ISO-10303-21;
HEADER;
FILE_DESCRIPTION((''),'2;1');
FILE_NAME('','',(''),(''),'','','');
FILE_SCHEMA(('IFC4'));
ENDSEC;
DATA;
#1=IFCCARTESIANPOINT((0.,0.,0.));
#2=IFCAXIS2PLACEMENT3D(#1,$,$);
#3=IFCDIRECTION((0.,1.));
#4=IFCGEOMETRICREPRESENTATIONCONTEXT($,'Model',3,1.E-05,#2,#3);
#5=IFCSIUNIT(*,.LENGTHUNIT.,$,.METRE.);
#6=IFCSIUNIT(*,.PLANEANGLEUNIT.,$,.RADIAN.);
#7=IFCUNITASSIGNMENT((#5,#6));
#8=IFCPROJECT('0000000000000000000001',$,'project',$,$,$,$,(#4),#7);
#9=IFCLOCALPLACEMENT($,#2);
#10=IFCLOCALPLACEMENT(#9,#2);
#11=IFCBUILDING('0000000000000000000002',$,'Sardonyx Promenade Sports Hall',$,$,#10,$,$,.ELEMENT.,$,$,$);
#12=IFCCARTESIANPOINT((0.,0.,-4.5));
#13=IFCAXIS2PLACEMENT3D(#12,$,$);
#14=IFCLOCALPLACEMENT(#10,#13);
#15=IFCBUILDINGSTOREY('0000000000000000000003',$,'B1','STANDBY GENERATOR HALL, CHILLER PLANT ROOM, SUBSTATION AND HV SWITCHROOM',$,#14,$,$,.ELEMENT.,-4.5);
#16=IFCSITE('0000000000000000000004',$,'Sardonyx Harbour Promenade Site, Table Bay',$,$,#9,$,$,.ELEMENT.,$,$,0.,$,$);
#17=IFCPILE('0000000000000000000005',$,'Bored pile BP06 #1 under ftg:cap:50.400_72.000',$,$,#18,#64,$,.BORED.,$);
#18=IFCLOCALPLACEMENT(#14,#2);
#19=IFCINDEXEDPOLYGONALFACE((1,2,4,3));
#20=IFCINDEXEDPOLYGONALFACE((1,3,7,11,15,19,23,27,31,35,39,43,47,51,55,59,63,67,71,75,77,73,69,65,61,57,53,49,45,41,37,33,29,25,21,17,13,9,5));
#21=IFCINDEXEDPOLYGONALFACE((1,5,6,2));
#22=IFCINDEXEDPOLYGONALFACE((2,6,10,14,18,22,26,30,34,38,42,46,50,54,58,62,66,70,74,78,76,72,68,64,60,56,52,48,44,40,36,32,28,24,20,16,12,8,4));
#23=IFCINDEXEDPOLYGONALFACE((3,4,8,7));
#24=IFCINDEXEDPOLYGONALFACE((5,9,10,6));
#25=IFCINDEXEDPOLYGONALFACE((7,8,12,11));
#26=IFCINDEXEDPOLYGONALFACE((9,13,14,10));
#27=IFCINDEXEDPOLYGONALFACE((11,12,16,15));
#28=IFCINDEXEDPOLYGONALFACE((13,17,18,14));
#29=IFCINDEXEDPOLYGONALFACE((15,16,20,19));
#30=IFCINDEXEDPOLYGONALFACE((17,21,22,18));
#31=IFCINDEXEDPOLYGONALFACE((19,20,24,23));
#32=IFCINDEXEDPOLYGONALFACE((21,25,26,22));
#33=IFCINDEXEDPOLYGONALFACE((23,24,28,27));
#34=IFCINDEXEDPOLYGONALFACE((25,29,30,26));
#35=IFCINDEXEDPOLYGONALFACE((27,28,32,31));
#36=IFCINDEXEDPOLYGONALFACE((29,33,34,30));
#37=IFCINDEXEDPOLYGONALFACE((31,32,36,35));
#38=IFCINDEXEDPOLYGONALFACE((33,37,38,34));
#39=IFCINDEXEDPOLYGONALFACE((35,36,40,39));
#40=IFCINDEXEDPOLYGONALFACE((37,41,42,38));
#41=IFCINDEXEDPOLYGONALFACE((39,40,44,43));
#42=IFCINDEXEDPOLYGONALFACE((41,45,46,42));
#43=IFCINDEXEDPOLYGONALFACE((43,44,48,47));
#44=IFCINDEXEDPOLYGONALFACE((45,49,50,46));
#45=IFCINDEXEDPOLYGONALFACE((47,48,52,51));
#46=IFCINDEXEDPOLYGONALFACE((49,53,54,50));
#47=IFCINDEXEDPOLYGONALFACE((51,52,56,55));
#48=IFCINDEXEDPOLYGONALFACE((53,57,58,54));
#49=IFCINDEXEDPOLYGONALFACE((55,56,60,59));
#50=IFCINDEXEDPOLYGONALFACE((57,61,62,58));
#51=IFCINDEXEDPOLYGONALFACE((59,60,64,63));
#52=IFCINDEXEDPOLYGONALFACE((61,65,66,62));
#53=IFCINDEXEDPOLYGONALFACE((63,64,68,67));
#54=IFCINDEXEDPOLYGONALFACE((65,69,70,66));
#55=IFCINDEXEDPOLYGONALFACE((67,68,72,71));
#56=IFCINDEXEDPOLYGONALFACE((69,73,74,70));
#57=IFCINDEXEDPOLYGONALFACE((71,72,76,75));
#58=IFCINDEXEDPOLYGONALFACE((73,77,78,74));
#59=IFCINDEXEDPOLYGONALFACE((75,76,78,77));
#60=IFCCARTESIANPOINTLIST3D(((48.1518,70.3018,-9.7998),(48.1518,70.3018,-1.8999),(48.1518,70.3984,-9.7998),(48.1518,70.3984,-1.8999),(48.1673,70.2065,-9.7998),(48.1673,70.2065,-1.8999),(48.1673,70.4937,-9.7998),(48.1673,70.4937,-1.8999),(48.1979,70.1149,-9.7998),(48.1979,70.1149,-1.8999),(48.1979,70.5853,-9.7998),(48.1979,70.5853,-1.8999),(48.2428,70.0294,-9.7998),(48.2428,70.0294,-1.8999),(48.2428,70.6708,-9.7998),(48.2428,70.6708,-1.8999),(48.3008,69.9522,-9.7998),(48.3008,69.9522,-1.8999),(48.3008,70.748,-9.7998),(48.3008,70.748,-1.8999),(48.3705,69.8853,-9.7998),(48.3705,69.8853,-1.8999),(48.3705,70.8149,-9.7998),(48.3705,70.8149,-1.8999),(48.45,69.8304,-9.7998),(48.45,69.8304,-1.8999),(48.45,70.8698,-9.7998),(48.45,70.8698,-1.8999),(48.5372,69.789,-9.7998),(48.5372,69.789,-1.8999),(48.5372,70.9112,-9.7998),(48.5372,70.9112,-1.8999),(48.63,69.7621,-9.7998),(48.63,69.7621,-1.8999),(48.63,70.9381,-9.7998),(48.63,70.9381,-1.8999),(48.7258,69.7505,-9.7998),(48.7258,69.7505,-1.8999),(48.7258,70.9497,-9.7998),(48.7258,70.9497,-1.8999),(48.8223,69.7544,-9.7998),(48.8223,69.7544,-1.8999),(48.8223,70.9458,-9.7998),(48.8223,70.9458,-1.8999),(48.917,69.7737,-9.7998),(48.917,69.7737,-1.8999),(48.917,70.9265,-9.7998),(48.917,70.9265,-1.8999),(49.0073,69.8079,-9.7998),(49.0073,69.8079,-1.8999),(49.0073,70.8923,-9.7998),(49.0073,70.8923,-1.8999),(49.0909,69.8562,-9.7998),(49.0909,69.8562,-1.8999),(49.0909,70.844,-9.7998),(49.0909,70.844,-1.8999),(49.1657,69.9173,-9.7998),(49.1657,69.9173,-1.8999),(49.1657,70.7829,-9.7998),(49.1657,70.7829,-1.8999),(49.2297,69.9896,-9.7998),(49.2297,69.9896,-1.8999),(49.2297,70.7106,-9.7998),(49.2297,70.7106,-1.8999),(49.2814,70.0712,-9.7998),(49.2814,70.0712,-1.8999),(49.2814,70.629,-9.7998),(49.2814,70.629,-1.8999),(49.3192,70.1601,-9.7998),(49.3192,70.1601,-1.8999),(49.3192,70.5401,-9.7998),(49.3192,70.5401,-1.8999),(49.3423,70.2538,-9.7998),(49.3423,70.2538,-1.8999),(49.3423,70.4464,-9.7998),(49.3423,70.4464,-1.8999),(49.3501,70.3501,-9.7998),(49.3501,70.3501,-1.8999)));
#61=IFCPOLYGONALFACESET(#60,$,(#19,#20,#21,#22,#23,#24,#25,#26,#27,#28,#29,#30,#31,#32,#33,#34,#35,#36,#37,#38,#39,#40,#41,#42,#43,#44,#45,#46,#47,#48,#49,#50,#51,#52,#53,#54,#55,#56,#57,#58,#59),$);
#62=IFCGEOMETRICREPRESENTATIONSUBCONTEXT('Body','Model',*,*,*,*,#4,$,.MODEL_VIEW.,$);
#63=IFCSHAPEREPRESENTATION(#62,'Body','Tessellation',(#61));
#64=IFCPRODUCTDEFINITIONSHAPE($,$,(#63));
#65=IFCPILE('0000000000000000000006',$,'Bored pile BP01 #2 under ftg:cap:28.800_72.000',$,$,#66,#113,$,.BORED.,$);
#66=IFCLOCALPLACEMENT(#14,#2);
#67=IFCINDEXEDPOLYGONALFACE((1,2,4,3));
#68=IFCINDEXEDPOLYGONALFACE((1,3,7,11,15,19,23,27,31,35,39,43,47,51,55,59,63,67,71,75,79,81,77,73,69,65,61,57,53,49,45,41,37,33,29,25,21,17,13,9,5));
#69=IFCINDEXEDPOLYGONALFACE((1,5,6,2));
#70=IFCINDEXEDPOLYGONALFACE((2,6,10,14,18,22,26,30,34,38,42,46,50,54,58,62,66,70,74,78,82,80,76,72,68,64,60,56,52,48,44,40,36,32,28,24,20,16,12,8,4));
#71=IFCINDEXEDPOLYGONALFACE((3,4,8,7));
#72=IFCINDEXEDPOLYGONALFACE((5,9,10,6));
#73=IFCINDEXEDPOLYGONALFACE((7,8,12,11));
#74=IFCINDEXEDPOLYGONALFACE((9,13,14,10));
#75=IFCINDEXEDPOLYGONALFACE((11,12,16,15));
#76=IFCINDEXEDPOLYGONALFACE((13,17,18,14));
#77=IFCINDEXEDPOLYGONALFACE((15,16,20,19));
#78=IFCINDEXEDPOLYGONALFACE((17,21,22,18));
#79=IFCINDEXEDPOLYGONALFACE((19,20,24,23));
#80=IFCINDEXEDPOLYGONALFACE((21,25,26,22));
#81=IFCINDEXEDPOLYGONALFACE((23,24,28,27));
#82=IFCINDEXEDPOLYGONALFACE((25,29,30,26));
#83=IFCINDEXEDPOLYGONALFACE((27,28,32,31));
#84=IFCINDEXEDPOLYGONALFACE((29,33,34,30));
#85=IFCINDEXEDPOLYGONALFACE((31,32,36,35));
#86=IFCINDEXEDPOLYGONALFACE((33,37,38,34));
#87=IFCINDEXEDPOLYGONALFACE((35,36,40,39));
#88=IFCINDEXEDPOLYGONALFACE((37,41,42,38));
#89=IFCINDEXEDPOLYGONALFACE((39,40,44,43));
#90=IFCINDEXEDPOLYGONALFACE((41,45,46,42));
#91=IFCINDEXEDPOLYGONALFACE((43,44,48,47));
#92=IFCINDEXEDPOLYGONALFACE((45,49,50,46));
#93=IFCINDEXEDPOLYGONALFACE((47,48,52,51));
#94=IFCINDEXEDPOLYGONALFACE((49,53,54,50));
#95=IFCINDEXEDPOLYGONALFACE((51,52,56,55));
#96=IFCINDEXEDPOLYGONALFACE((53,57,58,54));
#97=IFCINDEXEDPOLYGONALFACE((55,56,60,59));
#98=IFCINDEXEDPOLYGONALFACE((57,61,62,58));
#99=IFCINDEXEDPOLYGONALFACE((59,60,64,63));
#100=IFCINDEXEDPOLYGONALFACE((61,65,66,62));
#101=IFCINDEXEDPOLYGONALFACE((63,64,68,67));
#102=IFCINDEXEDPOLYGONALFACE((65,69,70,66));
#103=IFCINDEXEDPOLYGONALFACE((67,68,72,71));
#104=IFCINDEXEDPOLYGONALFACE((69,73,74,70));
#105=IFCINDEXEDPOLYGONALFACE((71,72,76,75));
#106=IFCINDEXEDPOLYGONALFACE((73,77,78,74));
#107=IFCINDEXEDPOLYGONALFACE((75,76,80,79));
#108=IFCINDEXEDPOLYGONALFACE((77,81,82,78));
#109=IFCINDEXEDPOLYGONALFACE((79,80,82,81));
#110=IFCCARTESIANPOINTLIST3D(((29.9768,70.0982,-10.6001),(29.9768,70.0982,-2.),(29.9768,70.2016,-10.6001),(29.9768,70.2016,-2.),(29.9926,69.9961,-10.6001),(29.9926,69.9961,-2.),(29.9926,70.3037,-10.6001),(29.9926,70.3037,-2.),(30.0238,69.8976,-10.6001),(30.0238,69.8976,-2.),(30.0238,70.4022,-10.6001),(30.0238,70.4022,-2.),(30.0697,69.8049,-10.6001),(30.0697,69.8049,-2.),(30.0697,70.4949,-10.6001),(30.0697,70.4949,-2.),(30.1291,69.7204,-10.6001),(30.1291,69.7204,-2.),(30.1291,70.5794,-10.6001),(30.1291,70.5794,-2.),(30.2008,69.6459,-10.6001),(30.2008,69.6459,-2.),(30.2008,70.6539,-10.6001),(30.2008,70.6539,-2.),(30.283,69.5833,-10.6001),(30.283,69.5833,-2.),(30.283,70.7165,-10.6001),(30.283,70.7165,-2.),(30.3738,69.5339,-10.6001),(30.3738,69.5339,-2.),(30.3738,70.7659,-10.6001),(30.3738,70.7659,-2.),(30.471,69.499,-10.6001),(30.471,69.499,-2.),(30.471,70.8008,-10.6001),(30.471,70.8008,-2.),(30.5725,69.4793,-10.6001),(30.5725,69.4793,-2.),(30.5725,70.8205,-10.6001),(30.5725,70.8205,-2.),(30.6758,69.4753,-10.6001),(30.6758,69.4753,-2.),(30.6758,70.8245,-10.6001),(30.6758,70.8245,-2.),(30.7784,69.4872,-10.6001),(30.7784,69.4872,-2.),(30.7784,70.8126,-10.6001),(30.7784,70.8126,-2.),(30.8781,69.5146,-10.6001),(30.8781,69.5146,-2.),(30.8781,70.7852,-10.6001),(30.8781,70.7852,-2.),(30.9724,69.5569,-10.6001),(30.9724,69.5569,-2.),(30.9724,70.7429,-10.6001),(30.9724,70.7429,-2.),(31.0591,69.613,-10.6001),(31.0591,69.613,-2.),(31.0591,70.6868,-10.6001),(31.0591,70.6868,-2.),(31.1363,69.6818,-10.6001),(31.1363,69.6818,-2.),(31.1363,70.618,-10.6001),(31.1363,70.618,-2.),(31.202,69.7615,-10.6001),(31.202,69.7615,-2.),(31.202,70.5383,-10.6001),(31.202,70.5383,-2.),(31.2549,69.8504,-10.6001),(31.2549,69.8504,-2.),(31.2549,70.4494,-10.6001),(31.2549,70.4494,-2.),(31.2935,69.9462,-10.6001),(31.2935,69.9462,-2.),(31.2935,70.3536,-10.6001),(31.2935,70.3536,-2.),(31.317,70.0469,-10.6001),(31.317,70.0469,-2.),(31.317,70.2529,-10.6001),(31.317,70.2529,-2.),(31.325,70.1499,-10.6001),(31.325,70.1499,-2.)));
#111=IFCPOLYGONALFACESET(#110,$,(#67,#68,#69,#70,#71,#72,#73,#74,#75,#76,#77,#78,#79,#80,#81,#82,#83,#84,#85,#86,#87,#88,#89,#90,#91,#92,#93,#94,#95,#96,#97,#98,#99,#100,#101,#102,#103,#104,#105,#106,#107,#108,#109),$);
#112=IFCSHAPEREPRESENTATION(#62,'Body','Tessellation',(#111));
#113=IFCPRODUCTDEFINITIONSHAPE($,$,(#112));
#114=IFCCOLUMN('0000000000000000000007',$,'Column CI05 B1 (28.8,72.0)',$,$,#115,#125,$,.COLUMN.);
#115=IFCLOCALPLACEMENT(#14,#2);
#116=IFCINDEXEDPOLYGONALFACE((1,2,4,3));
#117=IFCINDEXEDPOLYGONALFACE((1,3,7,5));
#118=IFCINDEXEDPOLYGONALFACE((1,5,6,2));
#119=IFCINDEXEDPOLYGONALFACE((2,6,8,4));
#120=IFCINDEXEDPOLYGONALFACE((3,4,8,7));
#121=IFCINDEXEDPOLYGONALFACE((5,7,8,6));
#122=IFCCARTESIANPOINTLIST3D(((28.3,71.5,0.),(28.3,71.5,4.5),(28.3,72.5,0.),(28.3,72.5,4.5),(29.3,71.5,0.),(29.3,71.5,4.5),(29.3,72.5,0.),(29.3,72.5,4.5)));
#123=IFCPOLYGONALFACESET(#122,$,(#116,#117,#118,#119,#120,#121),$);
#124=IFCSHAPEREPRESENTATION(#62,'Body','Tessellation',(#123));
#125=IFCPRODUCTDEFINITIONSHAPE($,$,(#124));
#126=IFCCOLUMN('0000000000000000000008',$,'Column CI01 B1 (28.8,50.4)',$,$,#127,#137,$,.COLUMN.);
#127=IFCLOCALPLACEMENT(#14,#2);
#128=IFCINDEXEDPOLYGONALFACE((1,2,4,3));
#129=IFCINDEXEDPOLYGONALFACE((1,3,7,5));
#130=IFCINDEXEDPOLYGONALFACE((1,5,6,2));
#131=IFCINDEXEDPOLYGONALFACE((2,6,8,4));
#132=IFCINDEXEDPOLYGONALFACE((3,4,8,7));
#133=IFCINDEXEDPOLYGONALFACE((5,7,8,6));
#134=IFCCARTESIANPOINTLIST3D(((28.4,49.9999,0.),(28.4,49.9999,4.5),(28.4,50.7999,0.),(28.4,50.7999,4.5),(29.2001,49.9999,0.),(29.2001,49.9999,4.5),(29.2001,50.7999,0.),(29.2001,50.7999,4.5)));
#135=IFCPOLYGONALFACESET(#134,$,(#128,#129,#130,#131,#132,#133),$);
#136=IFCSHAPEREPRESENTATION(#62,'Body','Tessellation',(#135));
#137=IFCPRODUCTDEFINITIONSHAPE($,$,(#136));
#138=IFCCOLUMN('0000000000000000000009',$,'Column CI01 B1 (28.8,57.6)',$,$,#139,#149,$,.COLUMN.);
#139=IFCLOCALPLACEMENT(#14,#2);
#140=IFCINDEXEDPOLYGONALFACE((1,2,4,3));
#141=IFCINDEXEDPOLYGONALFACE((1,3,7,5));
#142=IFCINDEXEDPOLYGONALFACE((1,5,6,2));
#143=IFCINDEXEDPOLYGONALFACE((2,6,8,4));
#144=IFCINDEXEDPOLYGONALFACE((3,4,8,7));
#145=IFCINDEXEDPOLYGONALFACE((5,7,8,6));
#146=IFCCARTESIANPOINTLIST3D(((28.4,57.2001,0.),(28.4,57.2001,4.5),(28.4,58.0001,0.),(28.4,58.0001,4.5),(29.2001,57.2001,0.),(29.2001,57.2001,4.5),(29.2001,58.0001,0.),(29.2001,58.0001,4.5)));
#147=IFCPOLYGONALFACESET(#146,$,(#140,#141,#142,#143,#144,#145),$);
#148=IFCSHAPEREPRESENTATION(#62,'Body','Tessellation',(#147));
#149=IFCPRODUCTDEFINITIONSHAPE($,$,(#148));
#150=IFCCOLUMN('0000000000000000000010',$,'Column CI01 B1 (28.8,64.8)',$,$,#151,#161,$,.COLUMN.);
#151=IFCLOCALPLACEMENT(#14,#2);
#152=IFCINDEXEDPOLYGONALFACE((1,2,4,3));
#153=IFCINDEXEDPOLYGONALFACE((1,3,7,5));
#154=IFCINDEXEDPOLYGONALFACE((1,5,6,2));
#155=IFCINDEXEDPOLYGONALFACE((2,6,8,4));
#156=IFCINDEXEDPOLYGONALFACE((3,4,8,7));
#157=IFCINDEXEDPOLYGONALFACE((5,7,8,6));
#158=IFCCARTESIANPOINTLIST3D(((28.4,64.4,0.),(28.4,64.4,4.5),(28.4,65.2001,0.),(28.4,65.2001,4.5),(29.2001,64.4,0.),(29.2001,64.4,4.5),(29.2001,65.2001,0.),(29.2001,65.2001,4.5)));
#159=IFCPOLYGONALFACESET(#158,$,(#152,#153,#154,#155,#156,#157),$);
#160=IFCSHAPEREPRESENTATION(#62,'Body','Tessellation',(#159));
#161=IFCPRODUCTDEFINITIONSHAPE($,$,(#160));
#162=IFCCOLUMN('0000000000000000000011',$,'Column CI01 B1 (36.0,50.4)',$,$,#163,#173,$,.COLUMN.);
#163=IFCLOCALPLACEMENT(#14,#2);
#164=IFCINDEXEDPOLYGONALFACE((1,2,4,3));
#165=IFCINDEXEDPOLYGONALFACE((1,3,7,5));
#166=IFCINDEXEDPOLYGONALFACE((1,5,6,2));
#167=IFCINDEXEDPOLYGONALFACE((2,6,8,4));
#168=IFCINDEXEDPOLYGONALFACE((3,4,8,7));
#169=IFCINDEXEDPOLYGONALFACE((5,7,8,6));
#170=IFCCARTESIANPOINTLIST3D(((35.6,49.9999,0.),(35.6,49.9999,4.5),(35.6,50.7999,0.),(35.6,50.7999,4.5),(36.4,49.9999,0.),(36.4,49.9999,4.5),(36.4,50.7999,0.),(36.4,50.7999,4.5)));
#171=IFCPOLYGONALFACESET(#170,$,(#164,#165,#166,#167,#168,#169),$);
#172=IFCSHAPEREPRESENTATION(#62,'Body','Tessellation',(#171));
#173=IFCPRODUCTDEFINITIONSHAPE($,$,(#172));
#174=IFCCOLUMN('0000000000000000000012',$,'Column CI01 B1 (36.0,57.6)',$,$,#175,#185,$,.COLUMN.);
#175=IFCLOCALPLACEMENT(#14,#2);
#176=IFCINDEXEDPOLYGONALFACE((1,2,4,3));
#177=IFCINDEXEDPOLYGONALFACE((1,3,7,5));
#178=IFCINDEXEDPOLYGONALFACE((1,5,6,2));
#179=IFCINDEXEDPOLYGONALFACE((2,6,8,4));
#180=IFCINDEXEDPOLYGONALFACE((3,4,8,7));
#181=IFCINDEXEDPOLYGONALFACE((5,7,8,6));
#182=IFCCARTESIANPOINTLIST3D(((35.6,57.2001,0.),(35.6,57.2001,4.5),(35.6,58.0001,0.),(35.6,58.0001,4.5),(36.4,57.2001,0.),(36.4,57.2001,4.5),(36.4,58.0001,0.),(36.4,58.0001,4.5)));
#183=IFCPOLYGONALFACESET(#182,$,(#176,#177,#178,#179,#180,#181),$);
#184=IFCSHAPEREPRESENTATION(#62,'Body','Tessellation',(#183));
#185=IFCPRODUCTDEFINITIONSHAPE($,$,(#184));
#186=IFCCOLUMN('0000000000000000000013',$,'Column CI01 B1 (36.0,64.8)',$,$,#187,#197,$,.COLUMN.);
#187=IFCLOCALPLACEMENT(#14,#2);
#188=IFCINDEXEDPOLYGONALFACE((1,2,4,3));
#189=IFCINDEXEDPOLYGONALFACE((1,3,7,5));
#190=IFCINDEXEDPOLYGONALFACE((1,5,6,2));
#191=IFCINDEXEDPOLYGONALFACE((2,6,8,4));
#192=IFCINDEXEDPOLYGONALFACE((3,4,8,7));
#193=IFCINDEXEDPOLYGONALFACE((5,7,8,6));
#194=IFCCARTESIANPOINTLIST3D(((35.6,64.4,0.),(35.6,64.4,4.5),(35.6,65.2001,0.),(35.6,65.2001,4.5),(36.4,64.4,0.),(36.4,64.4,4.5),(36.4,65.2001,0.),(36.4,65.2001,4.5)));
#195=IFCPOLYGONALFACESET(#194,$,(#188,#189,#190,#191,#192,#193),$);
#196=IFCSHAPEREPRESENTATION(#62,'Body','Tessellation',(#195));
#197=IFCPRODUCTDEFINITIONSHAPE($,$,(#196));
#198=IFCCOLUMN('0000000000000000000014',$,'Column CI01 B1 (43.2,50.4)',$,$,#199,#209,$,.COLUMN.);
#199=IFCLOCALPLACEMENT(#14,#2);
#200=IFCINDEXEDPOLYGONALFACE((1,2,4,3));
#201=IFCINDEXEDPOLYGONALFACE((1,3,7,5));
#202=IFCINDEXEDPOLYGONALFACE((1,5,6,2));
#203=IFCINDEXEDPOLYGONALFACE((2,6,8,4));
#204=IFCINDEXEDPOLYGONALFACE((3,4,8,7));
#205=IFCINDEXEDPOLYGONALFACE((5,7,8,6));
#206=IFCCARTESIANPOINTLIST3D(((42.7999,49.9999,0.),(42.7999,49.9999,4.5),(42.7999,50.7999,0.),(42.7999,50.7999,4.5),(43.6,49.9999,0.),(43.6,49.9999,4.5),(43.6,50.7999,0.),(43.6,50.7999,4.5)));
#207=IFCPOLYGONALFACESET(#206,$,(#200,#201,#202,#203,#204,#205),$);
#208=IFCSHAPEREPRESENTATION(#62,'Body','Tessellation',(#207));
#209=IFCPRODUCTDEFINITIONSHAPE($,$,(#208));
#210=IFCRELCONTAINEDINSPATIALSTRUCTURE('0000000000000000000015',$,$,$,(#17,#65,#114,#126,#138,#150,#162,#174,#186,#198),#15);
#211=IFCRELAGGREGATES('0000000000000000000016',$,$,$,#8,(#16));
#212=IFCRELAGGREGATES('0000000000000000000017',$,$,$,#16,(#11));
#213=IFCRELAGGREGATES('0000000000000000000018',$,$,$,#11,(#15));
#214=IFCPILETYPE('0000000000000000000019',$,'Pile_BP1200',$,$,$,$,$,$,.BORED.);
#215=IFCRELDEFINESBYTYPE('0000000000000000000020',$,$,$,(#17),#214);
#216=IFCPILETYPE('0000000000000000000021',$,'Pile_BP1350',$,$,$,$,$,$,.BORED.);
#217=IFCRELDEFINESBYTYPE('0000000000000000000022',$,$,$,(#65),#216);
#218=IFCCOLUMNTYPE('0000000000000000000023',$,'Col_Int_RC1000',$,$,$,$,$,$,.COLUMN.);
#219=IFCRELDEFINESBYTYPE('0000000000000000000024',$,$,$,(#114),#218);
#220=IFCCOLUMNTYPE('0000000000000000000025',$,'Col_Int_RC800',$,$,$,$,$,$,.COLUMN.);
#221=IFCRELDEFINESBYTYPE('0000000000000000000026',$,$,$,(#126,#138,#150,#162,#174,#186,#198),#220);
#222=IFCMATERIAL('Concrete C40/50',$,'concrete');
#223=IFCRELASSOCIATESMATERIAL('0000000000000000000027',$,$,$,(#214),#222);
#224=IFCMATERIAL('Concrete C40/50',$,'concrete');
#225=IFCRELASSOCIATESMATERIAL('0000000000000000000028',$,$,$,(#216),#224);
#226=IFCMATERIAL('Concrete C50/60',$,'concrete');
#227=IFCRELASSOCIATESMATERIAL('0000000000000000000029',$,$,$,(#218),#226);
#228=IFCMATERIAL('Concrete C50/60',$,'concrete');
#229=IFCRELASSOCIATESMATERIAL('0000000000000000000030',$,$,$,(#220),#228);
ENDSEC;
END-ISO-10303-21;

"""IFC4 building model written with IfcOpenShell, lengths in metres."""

from ifc_helpers import new_model, si_unit, direction, frame, origin, origin_2d, place, context, subcontext, project, spatial, rectangle, circle, extrude, material, material_profile, profile_set, type_object, element, save


model = new_model("IFC4")

# Units and contexts
model_context = context("Model", 3, precision=1e-05, world=origin(), true_north=direction((0.0, 1.0)))
body_context = subcontext(model_context, "Body", "Model", "MODEL_VIEW")
ifc_project = project(units=[si_unit("LENGTHUNIT", "METRE"), si_unit("PLANEANGLEUNIT", "RADIAN")], contexts=[model_context])

# Site, building, storey
site_placement = place(None, origin())
site = spatial("IfcSite", under=ifc_project, at=site_placement, Name="Sardonyx Harbour Promenade Site, Table Bay", CompositionType="ELEMENT", RefElevation=0.0)
building_placement = place(site_placement, origin())
building = spatial("IfcBuilding", under=site, at=building_placement, Name="Sardonyx Promenade Sports Hall", CompositionType="ELEMENT")
storey_placement = place(building_placement, frame((0.0, 0.0, -4.5)))
storey = spatial("IfcBuildingStorey", under=building, at=storey_placement, Name="B1", Description="STANDBY GENERATOR HALL, CHILLER PLANT ROOM, SUBSTATION AND HV SWITCHROOM", CompositionType="ELEMENT", Elevation=-4.5)

# Piles
ifc_material_1 = material(Name="Concrete C40/50", Category="concrete")
ifc_material_profile_1 = material_profile(ifc_material_1, circle(Radius=0.6001, at=origin_2d()))
ifc_profile_set_1 = profile_set([ifc_material_profile_1], Name="Concrete C40/50")
pile_type_1 = type_object("IfcPileType", Name="Pile_BP1200", PredefinedType="BORED", material=ifc_profile_set_1)
pile_1_placement = place(storey_placement, frame((48.75, 70.3501, -1.8999), z_axis=(0.0, 0.0, -1.0), x_axis=(1.0, 0.0, 0.0)))
element("IfcPile", 1, at=pile_1_placement, inside=storey, type_object=pile_type_1, Name="Bored pile BP06 #1 under ftg:cap:50.400_72.000", PredefinedType="BORED", context=body_context, shape_type="SweptSolid", body=[
    extrude(circle(Radius=0.6001, at=origin_2d()), origin(), (0.0, 0.0, 1.0), 7.8999),
])
ifc_material_2 = material(Name="Concrete C40/50", Category="concrete")
ifc_material_profile_2 = material_profile(ifc_material_2, circle(Radius=0.675, at=origin_2d()))
ifc_profile_set_2 = profile_set([ifc_material_profile_2], Name="Concrete C40/50")
pile_type_2 = type_object("IfcPileType", Name="Pile_BP1350", PredefinedType="BORED", material=ifc_profile_set_2)
pile_2_placement = place(storey_placement, frame((30.6499, 70.1499, -2.0), z_axis=(0.0, 0.0, -1.0), x_axis=(1.0, 0.0, 0.0)))
element("IfcPile", 2, at=pile_2_placement, inside=storey, type_object=pile_type_2, Name="Bored pile BP01 #2 under ftg:cap:28.800_72.000", PredefinedType="BORED", context=body_context, shape_type="SweptSolid", body=[
    extrude(circle(Radius=0.675, at=origin_2d()), origin(), (0.0, 0.0, 1.0), 8.6001),
])

# Columns
ifc_material_3 = material(Name="Concrete C50/60", Category="concrete")
ifc_material_profile_3 = material_profile(ifc_material_3, rectangle(XDim=1.0, YDim=1.0, at=origin_2d()))
ifc_profile_set_3 = profile_set([ifc_material_profile_3], Name="Concrete C50/60")
column_type_1 = type_object("IfcColumnType", Name="Col_Int_RC1000", PredefinedType="COLUMN", material=ifc_profile_set_3)
column_placement = place(storey_placement, frame((28.8, 72.0, 0.0), z_axis=(0.0, 0.0, 1.0), x_axis=(1.0, 0.0, 0.0)))
element("IfcColumn", 3, at=column_placement, inside=storey, type_object=column_type_1, Name="Column CI05 B1 (28.8,72.0)", PredefinedType="COLUMN", context=body_context, shape_type="SweptSolid", body=[
    extrude(rectangle(XDim=1.0, YDim=1.0, at=origin_2d()), origin(), (0.0, 0.0, 1.0), 4.5),
])
ifc_material_4 = material(Name="Concrete C50/60", Category="concrete")
ifc_material_profile_4 = material_profile(ifc_material_4, rectangle(XDim=0.8, YDim=0.8, at=origin_2d()))
ifc_profile_set_4 = profile_set([ifc_material_profile_4], Name="Concrete C50/60")
column_type_2 = type_object("IfcColumnType", Name="Col_Int_RC800", PredefinedType="COLUMN", material=ifc_profile_set_4)
for number, where, z_axis, x_axis, name in (
    (4, (28.8, 50.3999, 0.0), (0.0, 0.0, 1.0), (1.0, 0.0, 0.0), "Column CI01 B1 (28.8,50.4)"),
    (5, (28.8, 57.6001, 0.0), (0.0, 0.0, 1.0), (1.0, 0.0, 0.0), "Column CI01 B1 (28.8,57.6)"),
    (6, (28.8, 64.8, 0.0), (0.0, 0.0, 1.0), (1.0, 0.0, 0.0), "Column CI01 B1 (28.8,64.8)"),
    (7, (36.0, 50.3999, 0.0), (0.0, 0.0, 1.0), (1.0, 0.0, 0.0), "Column CI01 B1 (36.0,50.4)"),
    (8, (36.0, 57.6001, 0.0), (0.0, 0.0, 1.0), (1.0, 0.0, 0.0), "Column CI01 B1 (36.0,57.6)"),
    (9, (36.0, 64.8, 0.0), (0.0, 0.0, 1.0), (1.0, 0.0, 0.0), "Column CI01 B1 (36.0,64.8)"),
    (10, (43.2, 50.3999, 0.0), (0.0, 0.0, 1.0), (1.0, 0.0, 0.0), "Column CI01 B1 (43.2,50.4)"),
):
    element("IfcColumn", number, at=place(storey_placement, frame(where, z_axis=z_axis, x_axis=x_axis)), inside=storey, type_object=column_type_2, Name=name, PredefinedType="COLUMN", context=body_context, shape_type="SweptSolid", body=[
        extrude(rectangle(XDim=0.8, YDim=0.8, at=origin_2d()), origin(), (0.0, 0.0, 1.0), 4.5),
    ])

save(model, "model.ifc")
